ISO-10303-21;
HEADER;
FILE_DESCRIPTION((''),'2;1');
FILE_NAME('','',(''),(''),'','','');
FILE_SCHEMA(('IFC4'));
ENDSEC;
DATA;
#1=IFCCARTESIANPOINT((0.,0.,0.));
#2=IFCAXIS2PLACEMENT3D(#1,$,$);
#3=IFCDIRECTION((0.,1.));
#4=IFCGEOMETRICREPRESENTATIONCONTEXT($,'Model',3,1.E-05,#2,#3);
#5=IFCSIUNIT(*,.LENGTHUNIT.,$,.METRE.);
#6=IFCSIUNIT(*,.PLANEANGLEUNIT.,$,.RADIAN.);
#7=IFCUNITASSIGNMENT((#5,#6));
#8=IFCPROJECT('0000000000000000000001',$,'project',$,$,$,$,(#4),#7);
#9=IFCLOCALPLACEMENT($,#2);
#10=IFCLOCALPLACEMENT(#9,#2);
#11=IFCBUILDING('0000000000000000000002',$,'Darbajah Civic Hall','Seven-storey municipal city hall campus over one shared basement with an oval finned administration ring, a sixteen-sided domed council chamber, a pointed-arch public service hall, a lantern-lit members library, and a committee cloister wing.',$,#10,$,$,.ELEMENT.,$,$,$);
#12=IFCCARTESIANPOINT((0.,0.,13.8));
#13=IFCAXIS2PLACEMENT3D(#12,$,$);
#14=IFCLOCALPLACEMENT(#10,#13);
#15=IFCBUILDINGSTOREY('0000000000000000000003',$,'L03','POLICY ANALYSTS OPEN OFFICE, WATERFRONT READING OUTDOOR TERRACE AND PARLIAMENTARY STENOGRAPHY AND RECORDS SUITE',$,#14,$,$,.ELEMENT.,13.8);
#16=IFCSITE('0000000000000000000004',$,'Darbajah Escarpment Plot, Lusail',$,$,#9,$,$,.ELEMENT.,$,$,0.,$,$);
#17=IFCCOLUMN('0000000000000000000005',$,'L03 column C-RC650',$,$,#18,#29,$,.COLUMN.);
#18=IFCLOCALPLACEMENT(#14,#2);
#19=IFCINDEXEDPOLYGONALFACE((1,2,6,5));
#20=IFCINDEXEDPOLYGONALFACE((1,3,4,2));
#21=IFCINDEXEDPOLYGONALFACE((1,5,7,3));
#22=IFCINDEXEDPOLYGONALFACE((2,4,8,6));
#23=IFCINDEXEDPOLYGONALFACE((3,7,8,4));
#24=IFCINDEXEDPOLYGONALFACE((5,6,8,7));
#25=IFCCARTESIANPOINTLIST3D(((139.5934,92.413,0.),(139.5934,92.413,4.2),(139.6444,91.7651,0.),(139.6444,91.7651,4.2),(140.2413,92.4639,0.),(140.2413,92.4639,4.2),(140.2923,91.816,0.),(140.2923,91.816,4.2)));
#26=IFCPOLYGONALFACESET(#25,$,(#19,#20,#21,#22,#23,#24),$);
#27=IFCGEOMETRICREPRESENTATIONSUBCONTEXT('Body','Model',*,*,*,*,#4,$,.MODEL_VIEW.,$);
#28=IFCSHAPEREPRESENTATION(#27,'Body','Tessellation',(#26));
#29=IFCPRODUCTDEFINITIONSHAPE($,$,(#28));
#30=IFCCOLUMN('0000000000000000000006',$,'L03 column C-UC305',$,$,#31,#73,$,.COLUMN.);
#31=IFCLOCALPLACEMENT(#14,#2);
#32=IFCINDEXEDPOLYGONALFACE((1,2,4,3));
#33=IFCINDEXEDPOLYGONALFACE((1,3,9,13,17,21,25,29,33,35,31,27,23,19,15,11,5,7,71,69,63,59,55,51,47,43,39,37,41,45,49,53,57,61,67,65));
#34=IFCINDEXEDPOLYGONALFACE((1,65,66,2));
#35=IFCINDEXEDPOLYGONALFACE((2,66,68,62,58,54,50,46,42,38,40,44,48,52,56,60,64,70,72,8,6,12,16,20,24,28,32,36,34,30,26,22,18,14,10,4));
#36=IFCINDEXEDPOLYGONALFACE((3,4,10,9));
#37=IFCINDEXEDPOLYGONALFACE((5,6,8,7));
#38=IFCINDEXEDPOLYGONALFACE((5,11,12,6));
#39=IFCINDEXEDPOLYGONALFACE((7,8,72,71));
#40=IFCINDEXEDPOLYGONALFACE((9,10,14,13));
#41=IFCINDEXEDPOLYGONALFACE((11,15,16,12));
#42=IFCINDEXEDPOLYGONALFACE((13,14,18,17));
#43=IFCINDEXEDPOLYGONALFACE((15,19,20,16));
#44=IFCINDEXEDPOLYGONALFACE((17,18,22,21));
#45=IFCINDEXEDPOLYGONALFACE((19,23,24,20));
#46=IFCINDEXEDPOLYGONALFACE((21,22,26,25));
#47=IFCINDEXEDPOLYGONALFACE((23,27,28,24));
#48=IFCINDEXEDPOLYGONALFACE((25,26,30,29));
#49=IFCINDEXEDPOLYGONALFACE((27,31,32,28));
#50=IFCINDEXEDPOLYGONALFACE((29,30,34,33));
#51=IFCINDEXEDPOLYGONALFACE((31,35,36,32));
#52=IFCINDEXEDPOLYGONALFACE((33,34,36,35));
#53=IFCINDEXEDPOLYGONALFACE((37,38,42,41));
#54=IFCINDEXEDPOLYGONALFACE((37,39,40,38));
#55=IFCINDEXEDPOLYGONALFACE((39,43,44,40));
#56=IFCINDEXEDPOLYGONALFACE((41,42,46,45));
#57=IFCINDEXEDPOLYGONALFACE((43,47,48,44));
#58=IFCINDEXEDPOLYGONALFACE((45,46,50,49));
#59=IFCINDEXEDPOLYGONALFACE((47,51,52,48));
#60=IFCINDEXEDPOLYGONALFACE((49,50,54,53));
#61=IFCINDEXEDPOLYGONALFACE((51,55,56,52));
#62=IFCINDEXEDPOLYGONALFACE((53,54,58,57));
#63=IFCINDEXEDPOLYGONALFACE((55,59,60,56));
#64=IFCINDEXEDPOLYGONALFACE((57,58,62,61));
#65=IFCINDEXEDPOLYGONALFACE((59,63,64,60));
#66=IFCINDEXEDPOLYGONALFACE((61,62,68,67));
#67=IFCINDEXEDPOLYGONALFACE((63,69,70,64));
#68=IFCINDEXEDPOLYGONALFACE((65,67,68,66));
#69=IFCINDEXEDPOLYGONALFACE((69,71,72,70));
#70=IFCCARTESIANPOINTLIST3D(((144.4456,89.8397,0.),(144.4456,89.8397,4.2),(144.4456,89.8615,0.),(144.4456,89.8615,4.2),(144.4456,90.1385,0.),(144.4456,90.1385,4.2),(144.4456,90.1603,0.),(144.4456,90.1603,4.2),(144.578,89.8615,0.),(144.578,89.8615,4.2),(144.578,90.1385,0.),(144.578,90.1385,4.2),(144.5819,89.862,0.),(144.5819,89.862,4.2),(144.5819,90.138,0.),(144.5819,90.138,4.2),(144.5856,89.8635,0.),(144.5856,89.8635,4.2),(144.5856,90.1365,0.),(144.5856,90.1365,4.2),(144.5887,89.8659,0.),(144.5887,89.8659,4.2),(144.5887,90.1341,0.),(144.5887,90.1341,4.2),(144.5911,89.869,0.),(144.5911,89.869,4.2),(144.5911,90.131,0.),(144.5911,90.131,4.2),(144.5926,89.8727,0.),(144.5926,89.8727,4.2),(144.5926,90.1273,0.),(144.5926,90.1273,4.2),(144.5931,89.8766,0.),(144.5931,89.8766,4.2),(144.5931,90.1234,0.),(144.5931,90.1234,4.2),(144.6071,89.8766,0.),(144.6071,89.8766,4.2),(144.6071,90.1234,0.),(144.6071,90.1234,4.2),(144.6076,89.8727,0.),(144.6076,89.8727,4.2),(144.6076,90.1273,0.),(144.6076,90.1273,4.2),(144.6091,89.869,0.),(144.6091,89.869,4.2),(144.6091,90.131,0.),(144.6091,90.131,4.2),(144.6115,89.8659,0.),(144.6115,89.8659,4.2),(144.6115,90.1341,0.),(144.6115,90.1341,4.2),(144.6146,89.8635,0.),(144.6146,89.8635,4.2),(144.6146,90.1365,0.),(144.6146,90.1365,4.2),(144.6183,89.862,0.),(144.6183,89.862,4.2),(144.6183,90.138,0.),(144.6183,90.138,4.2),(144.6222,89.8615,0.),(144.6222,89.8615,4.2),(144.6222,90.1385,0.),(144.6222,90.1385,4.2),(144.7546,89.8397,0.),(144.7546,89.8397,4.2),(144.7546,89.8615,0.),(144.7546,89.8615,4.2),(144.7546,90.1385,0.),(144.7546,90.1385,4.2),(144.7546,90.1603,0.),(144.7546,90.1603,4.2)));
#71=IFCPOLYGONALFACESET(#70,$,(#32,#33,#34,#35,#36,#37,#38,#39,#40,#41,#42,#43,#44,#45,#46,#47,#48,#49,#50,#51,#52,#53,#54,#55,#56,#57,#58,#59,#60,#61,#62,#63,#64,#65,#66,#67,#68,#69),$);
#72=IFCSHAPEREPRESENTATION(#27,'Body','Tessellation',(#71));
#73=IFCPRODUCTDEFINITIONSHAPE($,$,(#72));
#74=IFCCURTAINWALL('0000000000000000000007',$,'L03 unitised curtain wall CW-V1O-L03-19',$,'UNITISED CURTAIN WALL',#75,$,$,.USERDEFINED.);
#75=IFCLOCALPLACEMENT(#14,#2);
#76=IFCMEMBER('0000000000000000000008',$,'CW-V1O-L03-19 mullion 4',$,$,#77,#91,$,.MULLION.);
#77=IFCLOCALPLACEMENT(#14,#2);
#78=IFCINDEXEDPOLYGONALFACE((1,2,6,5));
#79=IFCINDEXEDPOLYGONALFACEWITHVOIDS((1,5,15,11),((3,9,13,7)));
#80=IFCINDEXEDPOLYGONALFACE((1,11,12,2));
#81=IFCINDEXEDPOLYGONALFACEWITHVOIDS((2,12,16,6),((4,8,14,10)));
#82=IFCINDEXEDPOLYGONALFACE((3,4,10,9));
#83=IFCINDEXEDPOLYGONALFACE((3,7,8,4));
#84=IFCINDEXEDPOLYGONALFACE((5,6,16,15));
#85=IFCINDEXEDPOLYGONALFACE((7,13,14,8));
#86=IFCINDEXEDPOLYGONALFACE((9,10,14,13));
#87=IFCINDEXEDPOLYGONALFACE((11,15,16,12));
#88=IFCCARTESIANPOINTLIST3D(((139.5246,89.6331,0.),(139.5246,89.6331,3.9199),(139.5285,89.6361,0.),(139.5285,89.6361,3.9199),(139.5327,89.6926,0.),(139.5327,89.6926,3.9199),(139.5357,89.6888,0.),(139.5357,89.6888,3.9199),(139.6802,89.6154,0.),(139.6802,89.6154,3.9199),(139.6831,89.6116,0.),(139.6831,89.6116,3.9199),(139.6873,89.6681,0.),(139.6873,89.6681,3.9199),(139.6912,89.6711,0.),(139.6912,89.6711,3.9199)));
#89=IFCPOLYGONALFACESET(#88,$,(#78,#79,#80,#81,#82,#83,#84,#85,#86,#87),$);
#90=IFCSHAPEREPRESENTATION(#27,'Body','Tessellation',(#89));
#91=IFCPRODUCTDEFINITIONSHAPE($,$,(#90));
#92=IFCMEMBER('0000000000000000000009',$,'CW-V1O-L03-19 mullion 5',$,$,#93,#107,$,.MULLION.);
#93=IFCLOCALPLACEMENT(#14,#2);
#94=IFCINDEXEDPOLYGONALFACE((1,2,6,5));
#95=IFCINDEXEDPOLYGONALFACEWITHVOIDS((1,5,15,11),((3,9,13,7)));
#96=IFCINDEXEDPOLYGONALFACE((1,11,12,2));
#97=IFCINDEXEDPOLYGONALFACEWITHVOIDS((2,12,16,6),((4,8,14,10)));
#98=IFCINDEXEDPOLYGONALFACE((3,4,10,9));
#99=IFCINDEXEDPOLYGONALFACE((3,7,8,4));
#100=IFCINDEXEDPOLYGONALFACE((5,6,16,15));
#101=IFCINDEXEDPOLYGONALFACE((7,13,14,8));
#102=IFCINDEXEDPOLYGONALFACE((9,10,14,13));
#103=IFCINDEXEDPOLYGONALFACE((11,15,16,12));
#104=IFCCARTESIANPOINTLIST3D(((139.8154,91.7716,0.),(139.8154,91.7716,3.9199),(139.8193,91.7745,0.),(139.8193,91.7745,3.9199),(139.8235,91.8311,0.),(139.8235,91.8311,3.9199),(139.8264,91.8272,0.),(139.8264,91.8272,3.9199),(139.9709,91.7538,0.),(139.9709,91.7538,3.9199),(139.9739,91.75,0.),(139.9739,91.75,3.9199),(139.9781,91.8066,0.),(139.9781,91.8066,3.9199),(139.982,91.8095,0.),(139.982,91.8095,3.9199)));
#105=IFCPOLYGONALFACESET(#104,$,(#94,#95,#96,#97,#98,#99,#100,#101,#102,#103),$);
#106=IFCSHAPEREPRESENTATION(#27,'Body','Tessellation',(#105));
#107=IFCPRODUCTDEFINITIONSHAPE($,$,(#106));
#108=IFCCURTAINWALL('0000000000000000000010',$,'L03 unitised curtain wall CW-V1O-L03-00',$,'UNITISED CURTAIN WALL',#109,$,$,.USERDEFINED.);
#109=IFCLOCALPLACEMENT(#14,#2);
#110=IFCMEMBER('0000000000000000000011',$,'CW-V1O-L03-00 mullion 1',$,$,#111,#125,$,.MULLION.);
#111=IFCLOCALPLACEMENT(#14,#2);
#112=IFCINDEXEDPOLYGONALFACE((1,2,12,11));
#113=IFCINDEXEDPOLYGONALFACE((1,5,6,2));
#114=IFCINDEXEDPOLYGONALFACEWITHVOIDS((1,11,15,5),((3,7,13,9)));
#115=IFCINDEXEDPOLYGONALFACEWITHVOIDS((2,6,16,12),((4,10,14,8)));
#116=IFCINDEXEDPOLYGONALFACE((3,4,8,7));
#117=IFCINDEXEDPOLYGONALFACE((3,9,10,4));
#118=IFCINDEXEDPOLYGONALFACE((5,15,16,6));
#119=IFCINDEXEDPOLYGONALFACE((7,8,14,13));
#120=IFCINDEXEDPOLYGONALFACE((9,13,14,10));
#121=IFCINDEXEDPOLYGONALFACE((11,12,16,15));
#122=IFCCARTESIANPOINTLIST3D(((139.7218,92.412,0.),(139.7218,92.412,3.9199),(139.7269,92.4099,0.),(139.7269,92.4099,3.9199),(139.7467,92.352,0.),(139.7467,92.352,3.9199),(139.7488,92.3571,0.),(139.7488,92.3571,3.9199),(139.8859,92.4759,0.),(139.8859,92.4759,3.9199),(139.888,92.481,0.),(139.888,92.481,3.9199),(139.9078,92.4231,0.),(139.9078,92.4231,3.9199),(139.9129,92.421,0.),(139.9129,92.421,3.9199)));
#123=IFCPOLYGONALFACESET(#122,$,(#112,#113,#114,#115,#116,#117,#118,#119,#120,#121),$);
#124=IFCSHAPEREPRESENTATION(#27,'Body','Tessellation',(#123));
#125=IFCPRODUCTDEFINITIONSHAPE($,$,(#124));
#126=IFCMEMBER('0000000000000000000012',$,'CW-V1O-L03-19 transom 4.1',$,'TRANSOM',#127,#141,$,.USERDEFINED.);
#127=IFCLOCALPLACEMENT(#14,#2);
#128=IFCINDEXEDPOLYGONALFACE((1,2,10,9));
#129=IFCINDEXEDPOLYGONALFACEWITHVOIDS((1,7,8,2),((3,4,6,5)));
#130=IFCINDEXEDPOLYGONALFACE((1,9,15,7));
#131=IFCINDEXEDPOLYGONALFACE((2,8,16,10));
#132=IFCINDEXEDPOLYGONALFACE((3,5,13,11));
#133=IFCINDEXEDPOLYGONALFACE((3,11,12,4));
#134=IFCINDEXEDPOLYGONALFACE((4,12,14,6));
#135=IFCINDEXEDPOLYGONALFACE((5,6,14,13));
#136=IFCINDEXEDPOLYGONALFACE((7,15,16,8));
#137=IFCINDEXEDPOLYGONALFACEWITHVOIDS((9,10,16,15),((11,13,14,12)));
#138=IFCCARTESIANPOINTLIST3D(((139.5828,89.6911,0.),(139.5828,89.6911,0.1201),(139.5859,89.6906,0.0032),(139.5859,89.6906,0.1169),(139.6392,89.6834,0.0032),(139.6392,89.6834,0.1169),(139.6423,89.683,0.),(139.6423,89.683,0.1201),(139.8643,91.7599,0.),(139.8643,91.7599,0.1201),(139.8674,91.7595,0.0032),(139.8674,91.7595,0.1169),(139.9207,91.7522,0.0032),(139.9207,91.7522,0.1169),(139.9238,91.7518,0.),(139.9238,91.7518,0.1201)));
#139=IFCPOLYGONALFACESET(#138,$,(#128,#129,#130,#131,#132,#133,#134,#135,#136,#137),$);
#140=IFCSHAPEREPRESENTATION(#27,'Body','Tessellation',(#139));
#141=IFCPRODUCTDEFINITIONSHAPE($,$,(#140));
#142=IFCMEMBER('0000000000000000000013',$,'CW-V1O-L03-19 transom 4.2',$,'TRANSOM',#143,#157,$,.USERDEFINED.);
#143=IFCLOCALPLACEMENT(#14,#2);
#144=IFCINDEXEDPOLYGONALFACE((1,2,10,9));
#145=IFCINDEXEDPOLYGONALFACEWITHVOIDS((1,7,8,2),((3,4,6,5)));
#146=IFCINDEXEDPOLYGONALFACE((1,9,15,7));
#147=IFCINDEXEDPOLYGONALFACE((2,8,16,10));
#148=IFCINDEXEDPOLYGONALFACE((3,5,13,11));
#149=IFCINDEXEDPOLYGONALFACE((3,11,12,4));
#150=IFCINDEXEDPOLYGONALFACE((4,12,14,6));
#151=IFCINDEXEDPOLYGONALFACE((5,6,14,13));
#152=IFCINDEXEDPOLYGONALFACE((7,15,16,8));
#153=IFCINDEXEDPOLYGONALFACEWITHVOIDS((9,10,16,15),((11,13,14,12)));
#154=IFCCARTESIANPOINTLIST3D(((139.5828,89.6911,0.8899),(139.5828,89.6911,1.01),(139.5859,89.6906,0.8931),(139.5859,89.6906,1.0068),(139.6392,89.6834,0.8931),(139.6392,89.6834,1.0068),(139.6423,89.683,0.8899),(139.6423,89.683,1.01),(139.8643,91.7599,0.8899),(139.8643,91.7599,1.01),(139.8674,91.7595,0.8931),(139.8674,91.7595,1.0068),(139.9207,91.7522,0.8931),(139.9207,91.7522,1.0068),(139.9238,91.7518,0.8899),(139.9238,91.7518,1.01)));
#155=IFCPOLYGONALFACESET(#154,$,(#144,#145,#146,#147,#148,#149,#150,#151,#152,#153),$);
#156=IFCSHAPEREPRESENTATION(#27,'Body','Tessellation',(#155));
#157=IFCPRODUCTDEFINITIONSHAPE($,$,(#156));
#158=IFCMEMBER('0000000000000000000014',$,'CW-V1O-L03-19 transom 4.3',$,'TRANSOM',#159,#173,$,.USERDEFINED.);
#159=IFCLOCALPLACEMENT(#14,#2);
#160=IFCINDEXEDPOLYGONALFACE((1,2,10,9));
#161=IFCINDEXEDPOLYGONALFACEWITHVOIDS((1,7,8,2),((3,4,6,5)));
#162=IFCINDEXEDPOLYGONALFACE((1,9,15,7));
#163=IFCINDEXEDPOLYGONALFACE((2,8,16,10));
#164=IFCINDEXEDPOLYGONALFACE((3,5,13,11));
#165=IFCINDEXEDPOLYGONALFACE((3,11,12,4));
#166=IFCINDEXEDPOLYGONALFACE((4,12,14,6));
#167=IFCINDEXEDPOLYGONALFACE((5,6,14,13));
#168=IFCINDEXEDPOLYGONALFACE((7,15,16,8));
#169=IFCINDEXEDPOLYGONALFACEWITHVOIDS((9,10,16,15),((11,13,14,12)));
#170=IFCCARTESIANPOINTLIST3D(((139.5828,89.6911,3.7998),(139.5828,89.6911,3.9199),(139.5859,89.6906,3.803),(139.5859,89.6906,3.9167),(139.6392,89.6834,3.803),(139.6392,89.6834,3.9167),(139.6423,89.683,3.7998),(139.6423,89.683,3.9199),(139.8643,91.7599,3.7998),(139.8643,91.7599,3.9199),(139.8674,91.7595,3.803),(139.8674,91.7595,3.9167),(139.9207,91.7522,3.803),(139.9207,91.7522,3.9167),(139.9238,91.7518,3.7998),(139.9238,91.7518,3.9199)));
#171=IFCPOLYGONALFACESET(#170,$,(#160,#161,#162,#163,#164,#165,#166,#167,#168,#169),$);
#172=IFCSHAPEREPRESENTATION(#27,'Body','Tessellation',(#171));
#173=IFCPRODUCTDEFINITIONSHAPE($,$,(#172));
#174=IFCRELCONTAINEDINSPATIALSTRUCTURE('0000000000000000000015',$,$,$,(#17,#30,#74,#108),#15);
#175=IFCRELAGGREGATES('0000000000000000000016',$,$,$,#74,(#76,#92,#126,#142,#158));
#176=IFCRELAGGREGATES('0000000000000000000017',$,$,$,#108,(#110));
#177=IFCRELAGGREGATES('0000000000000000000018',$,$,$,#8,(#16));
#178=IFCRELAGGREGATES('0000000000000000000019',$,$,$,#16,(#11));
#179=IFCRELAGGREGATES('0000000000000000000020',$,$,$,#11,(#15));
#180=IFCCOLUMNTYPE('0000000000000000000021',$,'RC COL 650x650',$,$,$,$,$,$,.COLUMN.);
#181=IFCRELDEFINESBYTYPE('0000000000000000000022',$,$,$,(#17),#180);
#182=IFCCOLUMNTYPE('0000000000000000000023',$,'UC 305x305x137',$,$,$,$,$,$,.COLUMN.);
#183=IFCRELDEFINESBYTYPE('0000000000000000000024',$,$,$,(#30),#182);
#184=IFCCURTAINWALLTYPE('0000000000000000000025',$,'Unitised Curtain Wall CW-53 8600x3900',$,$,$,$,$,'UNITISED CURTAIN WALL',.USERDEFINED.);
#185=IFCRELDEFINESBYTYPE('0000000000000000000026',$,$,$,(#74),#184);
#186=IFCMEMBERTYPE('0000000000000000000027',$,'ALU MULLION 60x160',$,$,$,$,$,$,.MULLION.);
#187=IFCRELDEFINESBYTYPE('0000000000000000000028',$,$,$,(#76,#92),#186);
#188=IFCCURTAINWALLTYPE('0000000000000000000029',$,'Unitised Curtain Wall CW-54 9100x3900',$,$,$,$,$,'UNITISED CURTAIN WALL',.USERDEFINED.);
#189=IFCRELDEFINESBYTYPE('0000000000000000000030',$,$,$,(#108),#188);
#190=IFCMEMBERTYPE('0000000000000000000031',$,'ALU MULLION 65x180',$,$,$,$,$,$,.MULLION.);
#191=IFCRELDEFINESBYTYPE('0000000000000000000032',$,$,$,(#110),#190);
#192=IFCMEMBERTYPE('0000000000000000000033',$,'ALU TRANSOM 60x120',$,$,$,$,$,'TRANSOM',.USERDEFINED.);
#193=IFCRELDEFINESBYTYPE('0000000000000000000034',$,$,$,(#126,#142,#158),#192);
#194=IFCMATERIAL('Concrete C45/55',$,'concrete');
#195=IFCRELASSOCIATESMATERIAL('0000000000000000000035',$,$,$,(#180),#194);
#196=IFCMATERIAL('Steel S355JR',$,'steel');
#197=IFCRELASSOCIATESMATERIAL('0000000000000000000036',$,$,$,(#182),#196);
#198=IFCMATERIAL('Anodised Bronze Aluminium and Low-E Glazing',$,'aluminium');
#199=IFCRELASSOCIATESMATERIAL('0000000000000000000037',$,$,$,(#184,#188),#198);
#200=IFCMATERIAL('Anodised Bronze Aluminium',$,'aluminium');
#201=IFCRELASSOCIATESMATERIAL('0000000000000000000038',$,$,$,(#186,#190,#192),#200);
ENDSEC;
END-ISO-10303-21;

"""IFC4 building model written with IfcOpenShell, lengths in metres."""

from ifc_helpers import new_model, si_unit, direction, frame, origin, origin_2d, place, context, subcontext, project, spatial, rectangle, hollow_rectangle, i_section, extrude, material, material_profile, profile_set, type_object, element, aggregate, save


model = new_model("IFC4")

# Units and contexts
model_context = context("Model", 3, precision=1e-05, world=origin(), true_north=direction((0.0, 1.0)))
body_context = subcontext(model_context, "Body", "Model", "MODEL_VIEW")
ifc_project = project(units=[si_unit("LENGTHUNIT", "METRE"), si_unit("PLANEANGLEUNIT", "RADIAN")], contexts=[model_context])

# Site, building, storey
site_placement = place(None, origin())
site = spatial("IfcSite", under=ifc_project, at=site_placement, Name="Darbajah Escarpment Plot, Lusail", CompositionType="ELEMENT", RefElevation=0.0)
building_placement = place(site_placement, origin())
building = spatial("IfcBuilding", under=site, at=building_placement, Name="Darbajah Civic Hall", Description="Seven-storey municipal city hall campus over one shared basement with an oval finned administration ring, a sixteen-sided domed council chamber, a pointed-arch public service hall, a lantern-lit members library, and a committee cloister wing.", CompositionType="ELEMENT")
storey_placement = place(building_placement, frame((0.0, 0.0, 13.8)))
storey = spatial("IfcBuildingStorey", under=building, at=storey_placement, Name="L03", Description="POLICY ANALYSTS OPEN OFFICE, WATERFRONT READING OUTDOOR TERRACE AND PARLIAMENTARY STENOGRAPHY AND RECORDS SUITE", CompositionType="ELEMENT", Elevation=13.8)

# Columns
ifc_material_1 = material(Name="Concrete C45/55", Category="concrete")
ifc_material_profile_1 = material_profile(ifc_material_1, rectangle(XDim=0.6499, YDim=0.6499, at=origin_2d()), Name="RC COL 650x650")
ifc_profile_set_1 = profile_set([ifc_material_profile_1], Name="Concrete C45/55")
column_type_1 = type_object("IfcColumnType", Name="RC COL 650x650", PredefinedType="COLUMN", material=ifc_profile_set_1)
column_1_placement = place(storey_placement, frame((139.9429, 92.1145, 0.0), z_axis=(0.0, 0.0, 1.0), x_axis=(0.996917, 0.078459, 0.0)))
element("IfcColumn", 1, at=column_1_placement, inside=storey, type_object=column_type_1, Name="L03 column C-RC650", PredefinedType="COLUMN", context=body_context, shape_type="SweptSolid", body=[
    extrude(rectangle(XDim=0.6499, YDim=0.6499, at=origin_2d()), origin(), (0.0, 0.0, 1.0), 4.2),
])
ifc_material_2 = material(Name="Steel S355JR", Category="steel")
ifc_material_profile_2 = material_profile(ifc_material_2, i_section(OverallWidth=0.3091, OverallDepth=0.3206, WebThickness=0.0139, FlangeThickness=0.0217, FilletRadius=0.0151, at=origin_2d()), Name="UC 305x305x137")
ifc_profile_set_2 = profile_set([ifc_material_profile_2], Name="Steel S355JR")
column_type_2 = type_object("IfcColumnType", Name="UC 305x305x137", PredefinedType="COLUMN", material=ifc_profile_set_2)
column_2_placement = place(storey_placement, frame((144.6001, 90.0, 0.0), z_axis=(0.0, 0.0, 1.0), x_axis=(1.0, 0.0, 0.0)))
element("IfcColumn", 2, at=column_2_placement, inside=storey, type_object=column_type_2, Name="L03 column C-UC305", PredefinedType="COLUMN", context=body_context, shape_type="SweptSolid", body=[
    extrude(i_section(OverallWidth=0.3091, OverallDepth=0.3206, WebThickness=0.0139, FlangeThickness=0.0217, FilletRadius=0.0151, at=origin_2d()), origin(), (0.0, 0.0, 1.0), 4.2),
])

# Curtain wall, members
ifc_material_3 = material(Name="Anodised Bronze Aluminium and Low-E Glazing", Category="aluminium")
curtain_wall_type_1 = type_object("IfcCurtainWallType", Name="Unitised Curtain Wall CW-53 8600x3900", ElementType="UNITISED CURTAIN WALL", PredefinedType="USERDEFINED", material=ifc_material_3)
curtain_wall_1_placement = place(storey_placement, origin())
curtain_wall_1 = element("IfcCurtainWall", 3, at=curtain_wall_1_placement, inside=storey, type_object=curtain_wall_type_1, Name="L03 unitised curtain wall CW-V1O-L03-19", ObjectType="UNITISED CURTAIN WALL", PredefinedType="USERDEFINED")
ifc_material_4 = material(Name="Anodised Bronze Aluminium", Category="aluminium")
ifc_material_profile_3 = material_profile(ifc_material_4, hollow_rectangle(XDim=0.0601, YDim=0.1599, WallThickness=0.0034, at=origin_2d()), Name="ALU MULLION 60x160")
ifc_profile_set_3 = profile_set([ifc_material_profile_3], Name="Anodised Bronze Aluminium")
member_type_1 = type_object("IfcMemberType", Name="ALU MULLION 60x160", PredefinedType="MULLION", material=ifc_profile_set_3)
member_1_placement = place(storey_placement, frame((139.6079, 89.6521, 0.0), z_axis=(0.0, 0.0, 1.0), x_axis=(0.134851, 0.990866, 0.0)))
member_1 = element("IfcMember", 4, at=member_1_placement, type_object=member_type_1, Name="CW-V1O-L03-19 mullion 4", PredefinedType="MULLION", context=body_context, shape_type="SweptSolid", body=[
    extrude(hollow_rectangle(XDim=0.0601, YDim=0.1599, WallThickness=0.0034, at=origin_2d()), origin(), (0.0, 0.0, 1.0), 3.9199),
])
member_2_placement = place(storey_placement, frame((139.8987, 91.7905, 0.0), z_axis=(0.0, 0.0, 1.0), x_axis=(0.134851, 0.990866, 0.0)))
member_2 = element("IfcMember", 5, at=member_2_placement, type_object=member_type_1, Name="CW-V1O-L03-19 mullion 5", PredefinedType="MULLION", context=body_context, shape_type="SweptSolid", body=[
    extrude(hollow_rectangle(XDim=0.0601, YDim=0.1599, WallThickness=0.0034, at=origin_2d()), origin(), (0.0, 0.0, 1.0), 3.9199),
])

# Curtain wall, member
curtain_wall_type_2 = type_object("IfcCurtainWallType", Name="Unitised Curtain Wall CW-54 9100x3900", ElementType="UNITISED CURTAIN WALL", PredefinedType="USERDEFINED", material=ifc_material_3)
curtain_wall_2_placement = place(storey_placement, origin())
curtain_wall_2 = element("IfcCurtainWall", 6, at=curtain_wall_2_placement, inside=storey, type_object=curtain_wall_type_2, Name="L03 unitised curtain wall CW-V1O-L03-00", ObjectType="UNITISED CURTAIN WALL", PredefinedType="USERDEFINED")
ifc_material_profile_4 = material_profile(ifc_material_4, hollow_rectangle(XDim=0.0649, YDim=0.1799, WallThickness=0.0039, at=origin_2d()), Name="ALU MULLION 65x180")
ifc_profile_set_4 = profile_set([ifc_material_profile_4], Name="Anodised Bronze Aluminium")
member_type_2 = type_object("IfcMemberType", Name="ALU MULLION 65x180", PredefinedType="MULLION", material=ifc_profile_set_4)
member_3_placement = place(storey_placement, frame((139.8174, 92.4165, 0.0), z_axis=(0.0, 0.0, 1.0), x_axis=(-0.383328, 0.923612, 0.0)))
member_3 = element("IfcMember", 7, at=member_3_placement, type_object=member_type_2, Name="CW-V1O-L03-00 mullion 1", PredefinedType="MULLION", context=body_context, shape_type="SweptSolid", body=[
    extrude(hollow_rectangle(XDim=0.0649, YDim=0.1799, WallThickness=0.0039, at=origin_2d()), origin(), (0.0, 0.0, 1.0), 3.9199),
])

# Members
ifc_material_profile_5 = material_profile(ifc_material_4, hollow_rectangle(XDim=0.0601, YDim=0.1201, WallThickness=0.0032, at=origin_2d()), Name="ALU TRANSOM 60x120")
ifc_profile_set_5 = profile_set([ifc_material_profile_5], Name="Anodised Bronze Aluminium")
member_type_3 = type_object("IfcMemberType", Name="ALU TRANSOM 60x120", ElementType="TRANSOM", PredefinedType="USERDEFINED", material=ifc_profile_set_5)
member_4_placement = place(storey_placement, frame((139.6125, 89.687, 0.0601), z_axis=(0.134821, 0.99087, 0.0), x_axis=(-0.99087, 0.134821, 0.0)))
member_4 = element("IfcMember", 8, at=member_4_placement, type_object=member_type_3, Name="CW-V1O-L03-19 transom 4.1", ObjectType="TRANSOM", PredefinedType="USERDEFINED", context=body_context, shape_type="SweptSolid", body=[
    extrude(hollow_rectangle(XDim=0.0601, YDim=0.1201, WallThickness=0.0032, at=origin_2d()), origin(), (0.0, 0.0, 1.0), 2.0879),
])
member_5_placement = place(storey_placement, frame((139.6125, 89.687, 0.95), z_axis=(0.134821, 0.99087, 0.0), x_axis=(-0.99087, 0.134821, 0.0)))
member_5 = element("IfcMember", 9, at=member_5_placement, type_object=member_type_3, Name="CW-V1O-L03-19 transom 4.2", ObjectType="TRANSOM", PredefinedType="USERDEFINED", context=body_context, shape_type="SweptSolid", body=[
    extrude(hollow_rectangle(XDim=0.0601, YDim=0.1201, WallThickness=0.0032, at=origin_2d()), origin(), (0.0, 0.0, 1.0), 2.0879),
])
member_6_placement = place(storey_placement, frame((139.6125, 89.687, 3.8599), z_axis=(0.134821, 0.99087, 0.0), x_axis=(-0.99087, 0.134821, 0.0)))
member_6 = element("IfcMember", 10, at=member_6_placement, type_object=member_type_3, Name="CW-V1O-L03-19 transom 4.3", ObjectType="TRANSOM", PredefinedType="USERDEFINED", context=body_context, shape_type="SweptSolid", body=[
    extrude(hollow_rectangle(XDim=0.0601, YDim=0.1201, WallThickness=0.0032, at=origin_2d()), origin(), (0.0, 0.0, 1.0), 2.0879),
])

aggregate(curtain_wall_1, [member_1, member_2, member_4, member_5, member_6])
aggregate(curtain_wall_2, [member_3])

save(model, "model.ifc")
